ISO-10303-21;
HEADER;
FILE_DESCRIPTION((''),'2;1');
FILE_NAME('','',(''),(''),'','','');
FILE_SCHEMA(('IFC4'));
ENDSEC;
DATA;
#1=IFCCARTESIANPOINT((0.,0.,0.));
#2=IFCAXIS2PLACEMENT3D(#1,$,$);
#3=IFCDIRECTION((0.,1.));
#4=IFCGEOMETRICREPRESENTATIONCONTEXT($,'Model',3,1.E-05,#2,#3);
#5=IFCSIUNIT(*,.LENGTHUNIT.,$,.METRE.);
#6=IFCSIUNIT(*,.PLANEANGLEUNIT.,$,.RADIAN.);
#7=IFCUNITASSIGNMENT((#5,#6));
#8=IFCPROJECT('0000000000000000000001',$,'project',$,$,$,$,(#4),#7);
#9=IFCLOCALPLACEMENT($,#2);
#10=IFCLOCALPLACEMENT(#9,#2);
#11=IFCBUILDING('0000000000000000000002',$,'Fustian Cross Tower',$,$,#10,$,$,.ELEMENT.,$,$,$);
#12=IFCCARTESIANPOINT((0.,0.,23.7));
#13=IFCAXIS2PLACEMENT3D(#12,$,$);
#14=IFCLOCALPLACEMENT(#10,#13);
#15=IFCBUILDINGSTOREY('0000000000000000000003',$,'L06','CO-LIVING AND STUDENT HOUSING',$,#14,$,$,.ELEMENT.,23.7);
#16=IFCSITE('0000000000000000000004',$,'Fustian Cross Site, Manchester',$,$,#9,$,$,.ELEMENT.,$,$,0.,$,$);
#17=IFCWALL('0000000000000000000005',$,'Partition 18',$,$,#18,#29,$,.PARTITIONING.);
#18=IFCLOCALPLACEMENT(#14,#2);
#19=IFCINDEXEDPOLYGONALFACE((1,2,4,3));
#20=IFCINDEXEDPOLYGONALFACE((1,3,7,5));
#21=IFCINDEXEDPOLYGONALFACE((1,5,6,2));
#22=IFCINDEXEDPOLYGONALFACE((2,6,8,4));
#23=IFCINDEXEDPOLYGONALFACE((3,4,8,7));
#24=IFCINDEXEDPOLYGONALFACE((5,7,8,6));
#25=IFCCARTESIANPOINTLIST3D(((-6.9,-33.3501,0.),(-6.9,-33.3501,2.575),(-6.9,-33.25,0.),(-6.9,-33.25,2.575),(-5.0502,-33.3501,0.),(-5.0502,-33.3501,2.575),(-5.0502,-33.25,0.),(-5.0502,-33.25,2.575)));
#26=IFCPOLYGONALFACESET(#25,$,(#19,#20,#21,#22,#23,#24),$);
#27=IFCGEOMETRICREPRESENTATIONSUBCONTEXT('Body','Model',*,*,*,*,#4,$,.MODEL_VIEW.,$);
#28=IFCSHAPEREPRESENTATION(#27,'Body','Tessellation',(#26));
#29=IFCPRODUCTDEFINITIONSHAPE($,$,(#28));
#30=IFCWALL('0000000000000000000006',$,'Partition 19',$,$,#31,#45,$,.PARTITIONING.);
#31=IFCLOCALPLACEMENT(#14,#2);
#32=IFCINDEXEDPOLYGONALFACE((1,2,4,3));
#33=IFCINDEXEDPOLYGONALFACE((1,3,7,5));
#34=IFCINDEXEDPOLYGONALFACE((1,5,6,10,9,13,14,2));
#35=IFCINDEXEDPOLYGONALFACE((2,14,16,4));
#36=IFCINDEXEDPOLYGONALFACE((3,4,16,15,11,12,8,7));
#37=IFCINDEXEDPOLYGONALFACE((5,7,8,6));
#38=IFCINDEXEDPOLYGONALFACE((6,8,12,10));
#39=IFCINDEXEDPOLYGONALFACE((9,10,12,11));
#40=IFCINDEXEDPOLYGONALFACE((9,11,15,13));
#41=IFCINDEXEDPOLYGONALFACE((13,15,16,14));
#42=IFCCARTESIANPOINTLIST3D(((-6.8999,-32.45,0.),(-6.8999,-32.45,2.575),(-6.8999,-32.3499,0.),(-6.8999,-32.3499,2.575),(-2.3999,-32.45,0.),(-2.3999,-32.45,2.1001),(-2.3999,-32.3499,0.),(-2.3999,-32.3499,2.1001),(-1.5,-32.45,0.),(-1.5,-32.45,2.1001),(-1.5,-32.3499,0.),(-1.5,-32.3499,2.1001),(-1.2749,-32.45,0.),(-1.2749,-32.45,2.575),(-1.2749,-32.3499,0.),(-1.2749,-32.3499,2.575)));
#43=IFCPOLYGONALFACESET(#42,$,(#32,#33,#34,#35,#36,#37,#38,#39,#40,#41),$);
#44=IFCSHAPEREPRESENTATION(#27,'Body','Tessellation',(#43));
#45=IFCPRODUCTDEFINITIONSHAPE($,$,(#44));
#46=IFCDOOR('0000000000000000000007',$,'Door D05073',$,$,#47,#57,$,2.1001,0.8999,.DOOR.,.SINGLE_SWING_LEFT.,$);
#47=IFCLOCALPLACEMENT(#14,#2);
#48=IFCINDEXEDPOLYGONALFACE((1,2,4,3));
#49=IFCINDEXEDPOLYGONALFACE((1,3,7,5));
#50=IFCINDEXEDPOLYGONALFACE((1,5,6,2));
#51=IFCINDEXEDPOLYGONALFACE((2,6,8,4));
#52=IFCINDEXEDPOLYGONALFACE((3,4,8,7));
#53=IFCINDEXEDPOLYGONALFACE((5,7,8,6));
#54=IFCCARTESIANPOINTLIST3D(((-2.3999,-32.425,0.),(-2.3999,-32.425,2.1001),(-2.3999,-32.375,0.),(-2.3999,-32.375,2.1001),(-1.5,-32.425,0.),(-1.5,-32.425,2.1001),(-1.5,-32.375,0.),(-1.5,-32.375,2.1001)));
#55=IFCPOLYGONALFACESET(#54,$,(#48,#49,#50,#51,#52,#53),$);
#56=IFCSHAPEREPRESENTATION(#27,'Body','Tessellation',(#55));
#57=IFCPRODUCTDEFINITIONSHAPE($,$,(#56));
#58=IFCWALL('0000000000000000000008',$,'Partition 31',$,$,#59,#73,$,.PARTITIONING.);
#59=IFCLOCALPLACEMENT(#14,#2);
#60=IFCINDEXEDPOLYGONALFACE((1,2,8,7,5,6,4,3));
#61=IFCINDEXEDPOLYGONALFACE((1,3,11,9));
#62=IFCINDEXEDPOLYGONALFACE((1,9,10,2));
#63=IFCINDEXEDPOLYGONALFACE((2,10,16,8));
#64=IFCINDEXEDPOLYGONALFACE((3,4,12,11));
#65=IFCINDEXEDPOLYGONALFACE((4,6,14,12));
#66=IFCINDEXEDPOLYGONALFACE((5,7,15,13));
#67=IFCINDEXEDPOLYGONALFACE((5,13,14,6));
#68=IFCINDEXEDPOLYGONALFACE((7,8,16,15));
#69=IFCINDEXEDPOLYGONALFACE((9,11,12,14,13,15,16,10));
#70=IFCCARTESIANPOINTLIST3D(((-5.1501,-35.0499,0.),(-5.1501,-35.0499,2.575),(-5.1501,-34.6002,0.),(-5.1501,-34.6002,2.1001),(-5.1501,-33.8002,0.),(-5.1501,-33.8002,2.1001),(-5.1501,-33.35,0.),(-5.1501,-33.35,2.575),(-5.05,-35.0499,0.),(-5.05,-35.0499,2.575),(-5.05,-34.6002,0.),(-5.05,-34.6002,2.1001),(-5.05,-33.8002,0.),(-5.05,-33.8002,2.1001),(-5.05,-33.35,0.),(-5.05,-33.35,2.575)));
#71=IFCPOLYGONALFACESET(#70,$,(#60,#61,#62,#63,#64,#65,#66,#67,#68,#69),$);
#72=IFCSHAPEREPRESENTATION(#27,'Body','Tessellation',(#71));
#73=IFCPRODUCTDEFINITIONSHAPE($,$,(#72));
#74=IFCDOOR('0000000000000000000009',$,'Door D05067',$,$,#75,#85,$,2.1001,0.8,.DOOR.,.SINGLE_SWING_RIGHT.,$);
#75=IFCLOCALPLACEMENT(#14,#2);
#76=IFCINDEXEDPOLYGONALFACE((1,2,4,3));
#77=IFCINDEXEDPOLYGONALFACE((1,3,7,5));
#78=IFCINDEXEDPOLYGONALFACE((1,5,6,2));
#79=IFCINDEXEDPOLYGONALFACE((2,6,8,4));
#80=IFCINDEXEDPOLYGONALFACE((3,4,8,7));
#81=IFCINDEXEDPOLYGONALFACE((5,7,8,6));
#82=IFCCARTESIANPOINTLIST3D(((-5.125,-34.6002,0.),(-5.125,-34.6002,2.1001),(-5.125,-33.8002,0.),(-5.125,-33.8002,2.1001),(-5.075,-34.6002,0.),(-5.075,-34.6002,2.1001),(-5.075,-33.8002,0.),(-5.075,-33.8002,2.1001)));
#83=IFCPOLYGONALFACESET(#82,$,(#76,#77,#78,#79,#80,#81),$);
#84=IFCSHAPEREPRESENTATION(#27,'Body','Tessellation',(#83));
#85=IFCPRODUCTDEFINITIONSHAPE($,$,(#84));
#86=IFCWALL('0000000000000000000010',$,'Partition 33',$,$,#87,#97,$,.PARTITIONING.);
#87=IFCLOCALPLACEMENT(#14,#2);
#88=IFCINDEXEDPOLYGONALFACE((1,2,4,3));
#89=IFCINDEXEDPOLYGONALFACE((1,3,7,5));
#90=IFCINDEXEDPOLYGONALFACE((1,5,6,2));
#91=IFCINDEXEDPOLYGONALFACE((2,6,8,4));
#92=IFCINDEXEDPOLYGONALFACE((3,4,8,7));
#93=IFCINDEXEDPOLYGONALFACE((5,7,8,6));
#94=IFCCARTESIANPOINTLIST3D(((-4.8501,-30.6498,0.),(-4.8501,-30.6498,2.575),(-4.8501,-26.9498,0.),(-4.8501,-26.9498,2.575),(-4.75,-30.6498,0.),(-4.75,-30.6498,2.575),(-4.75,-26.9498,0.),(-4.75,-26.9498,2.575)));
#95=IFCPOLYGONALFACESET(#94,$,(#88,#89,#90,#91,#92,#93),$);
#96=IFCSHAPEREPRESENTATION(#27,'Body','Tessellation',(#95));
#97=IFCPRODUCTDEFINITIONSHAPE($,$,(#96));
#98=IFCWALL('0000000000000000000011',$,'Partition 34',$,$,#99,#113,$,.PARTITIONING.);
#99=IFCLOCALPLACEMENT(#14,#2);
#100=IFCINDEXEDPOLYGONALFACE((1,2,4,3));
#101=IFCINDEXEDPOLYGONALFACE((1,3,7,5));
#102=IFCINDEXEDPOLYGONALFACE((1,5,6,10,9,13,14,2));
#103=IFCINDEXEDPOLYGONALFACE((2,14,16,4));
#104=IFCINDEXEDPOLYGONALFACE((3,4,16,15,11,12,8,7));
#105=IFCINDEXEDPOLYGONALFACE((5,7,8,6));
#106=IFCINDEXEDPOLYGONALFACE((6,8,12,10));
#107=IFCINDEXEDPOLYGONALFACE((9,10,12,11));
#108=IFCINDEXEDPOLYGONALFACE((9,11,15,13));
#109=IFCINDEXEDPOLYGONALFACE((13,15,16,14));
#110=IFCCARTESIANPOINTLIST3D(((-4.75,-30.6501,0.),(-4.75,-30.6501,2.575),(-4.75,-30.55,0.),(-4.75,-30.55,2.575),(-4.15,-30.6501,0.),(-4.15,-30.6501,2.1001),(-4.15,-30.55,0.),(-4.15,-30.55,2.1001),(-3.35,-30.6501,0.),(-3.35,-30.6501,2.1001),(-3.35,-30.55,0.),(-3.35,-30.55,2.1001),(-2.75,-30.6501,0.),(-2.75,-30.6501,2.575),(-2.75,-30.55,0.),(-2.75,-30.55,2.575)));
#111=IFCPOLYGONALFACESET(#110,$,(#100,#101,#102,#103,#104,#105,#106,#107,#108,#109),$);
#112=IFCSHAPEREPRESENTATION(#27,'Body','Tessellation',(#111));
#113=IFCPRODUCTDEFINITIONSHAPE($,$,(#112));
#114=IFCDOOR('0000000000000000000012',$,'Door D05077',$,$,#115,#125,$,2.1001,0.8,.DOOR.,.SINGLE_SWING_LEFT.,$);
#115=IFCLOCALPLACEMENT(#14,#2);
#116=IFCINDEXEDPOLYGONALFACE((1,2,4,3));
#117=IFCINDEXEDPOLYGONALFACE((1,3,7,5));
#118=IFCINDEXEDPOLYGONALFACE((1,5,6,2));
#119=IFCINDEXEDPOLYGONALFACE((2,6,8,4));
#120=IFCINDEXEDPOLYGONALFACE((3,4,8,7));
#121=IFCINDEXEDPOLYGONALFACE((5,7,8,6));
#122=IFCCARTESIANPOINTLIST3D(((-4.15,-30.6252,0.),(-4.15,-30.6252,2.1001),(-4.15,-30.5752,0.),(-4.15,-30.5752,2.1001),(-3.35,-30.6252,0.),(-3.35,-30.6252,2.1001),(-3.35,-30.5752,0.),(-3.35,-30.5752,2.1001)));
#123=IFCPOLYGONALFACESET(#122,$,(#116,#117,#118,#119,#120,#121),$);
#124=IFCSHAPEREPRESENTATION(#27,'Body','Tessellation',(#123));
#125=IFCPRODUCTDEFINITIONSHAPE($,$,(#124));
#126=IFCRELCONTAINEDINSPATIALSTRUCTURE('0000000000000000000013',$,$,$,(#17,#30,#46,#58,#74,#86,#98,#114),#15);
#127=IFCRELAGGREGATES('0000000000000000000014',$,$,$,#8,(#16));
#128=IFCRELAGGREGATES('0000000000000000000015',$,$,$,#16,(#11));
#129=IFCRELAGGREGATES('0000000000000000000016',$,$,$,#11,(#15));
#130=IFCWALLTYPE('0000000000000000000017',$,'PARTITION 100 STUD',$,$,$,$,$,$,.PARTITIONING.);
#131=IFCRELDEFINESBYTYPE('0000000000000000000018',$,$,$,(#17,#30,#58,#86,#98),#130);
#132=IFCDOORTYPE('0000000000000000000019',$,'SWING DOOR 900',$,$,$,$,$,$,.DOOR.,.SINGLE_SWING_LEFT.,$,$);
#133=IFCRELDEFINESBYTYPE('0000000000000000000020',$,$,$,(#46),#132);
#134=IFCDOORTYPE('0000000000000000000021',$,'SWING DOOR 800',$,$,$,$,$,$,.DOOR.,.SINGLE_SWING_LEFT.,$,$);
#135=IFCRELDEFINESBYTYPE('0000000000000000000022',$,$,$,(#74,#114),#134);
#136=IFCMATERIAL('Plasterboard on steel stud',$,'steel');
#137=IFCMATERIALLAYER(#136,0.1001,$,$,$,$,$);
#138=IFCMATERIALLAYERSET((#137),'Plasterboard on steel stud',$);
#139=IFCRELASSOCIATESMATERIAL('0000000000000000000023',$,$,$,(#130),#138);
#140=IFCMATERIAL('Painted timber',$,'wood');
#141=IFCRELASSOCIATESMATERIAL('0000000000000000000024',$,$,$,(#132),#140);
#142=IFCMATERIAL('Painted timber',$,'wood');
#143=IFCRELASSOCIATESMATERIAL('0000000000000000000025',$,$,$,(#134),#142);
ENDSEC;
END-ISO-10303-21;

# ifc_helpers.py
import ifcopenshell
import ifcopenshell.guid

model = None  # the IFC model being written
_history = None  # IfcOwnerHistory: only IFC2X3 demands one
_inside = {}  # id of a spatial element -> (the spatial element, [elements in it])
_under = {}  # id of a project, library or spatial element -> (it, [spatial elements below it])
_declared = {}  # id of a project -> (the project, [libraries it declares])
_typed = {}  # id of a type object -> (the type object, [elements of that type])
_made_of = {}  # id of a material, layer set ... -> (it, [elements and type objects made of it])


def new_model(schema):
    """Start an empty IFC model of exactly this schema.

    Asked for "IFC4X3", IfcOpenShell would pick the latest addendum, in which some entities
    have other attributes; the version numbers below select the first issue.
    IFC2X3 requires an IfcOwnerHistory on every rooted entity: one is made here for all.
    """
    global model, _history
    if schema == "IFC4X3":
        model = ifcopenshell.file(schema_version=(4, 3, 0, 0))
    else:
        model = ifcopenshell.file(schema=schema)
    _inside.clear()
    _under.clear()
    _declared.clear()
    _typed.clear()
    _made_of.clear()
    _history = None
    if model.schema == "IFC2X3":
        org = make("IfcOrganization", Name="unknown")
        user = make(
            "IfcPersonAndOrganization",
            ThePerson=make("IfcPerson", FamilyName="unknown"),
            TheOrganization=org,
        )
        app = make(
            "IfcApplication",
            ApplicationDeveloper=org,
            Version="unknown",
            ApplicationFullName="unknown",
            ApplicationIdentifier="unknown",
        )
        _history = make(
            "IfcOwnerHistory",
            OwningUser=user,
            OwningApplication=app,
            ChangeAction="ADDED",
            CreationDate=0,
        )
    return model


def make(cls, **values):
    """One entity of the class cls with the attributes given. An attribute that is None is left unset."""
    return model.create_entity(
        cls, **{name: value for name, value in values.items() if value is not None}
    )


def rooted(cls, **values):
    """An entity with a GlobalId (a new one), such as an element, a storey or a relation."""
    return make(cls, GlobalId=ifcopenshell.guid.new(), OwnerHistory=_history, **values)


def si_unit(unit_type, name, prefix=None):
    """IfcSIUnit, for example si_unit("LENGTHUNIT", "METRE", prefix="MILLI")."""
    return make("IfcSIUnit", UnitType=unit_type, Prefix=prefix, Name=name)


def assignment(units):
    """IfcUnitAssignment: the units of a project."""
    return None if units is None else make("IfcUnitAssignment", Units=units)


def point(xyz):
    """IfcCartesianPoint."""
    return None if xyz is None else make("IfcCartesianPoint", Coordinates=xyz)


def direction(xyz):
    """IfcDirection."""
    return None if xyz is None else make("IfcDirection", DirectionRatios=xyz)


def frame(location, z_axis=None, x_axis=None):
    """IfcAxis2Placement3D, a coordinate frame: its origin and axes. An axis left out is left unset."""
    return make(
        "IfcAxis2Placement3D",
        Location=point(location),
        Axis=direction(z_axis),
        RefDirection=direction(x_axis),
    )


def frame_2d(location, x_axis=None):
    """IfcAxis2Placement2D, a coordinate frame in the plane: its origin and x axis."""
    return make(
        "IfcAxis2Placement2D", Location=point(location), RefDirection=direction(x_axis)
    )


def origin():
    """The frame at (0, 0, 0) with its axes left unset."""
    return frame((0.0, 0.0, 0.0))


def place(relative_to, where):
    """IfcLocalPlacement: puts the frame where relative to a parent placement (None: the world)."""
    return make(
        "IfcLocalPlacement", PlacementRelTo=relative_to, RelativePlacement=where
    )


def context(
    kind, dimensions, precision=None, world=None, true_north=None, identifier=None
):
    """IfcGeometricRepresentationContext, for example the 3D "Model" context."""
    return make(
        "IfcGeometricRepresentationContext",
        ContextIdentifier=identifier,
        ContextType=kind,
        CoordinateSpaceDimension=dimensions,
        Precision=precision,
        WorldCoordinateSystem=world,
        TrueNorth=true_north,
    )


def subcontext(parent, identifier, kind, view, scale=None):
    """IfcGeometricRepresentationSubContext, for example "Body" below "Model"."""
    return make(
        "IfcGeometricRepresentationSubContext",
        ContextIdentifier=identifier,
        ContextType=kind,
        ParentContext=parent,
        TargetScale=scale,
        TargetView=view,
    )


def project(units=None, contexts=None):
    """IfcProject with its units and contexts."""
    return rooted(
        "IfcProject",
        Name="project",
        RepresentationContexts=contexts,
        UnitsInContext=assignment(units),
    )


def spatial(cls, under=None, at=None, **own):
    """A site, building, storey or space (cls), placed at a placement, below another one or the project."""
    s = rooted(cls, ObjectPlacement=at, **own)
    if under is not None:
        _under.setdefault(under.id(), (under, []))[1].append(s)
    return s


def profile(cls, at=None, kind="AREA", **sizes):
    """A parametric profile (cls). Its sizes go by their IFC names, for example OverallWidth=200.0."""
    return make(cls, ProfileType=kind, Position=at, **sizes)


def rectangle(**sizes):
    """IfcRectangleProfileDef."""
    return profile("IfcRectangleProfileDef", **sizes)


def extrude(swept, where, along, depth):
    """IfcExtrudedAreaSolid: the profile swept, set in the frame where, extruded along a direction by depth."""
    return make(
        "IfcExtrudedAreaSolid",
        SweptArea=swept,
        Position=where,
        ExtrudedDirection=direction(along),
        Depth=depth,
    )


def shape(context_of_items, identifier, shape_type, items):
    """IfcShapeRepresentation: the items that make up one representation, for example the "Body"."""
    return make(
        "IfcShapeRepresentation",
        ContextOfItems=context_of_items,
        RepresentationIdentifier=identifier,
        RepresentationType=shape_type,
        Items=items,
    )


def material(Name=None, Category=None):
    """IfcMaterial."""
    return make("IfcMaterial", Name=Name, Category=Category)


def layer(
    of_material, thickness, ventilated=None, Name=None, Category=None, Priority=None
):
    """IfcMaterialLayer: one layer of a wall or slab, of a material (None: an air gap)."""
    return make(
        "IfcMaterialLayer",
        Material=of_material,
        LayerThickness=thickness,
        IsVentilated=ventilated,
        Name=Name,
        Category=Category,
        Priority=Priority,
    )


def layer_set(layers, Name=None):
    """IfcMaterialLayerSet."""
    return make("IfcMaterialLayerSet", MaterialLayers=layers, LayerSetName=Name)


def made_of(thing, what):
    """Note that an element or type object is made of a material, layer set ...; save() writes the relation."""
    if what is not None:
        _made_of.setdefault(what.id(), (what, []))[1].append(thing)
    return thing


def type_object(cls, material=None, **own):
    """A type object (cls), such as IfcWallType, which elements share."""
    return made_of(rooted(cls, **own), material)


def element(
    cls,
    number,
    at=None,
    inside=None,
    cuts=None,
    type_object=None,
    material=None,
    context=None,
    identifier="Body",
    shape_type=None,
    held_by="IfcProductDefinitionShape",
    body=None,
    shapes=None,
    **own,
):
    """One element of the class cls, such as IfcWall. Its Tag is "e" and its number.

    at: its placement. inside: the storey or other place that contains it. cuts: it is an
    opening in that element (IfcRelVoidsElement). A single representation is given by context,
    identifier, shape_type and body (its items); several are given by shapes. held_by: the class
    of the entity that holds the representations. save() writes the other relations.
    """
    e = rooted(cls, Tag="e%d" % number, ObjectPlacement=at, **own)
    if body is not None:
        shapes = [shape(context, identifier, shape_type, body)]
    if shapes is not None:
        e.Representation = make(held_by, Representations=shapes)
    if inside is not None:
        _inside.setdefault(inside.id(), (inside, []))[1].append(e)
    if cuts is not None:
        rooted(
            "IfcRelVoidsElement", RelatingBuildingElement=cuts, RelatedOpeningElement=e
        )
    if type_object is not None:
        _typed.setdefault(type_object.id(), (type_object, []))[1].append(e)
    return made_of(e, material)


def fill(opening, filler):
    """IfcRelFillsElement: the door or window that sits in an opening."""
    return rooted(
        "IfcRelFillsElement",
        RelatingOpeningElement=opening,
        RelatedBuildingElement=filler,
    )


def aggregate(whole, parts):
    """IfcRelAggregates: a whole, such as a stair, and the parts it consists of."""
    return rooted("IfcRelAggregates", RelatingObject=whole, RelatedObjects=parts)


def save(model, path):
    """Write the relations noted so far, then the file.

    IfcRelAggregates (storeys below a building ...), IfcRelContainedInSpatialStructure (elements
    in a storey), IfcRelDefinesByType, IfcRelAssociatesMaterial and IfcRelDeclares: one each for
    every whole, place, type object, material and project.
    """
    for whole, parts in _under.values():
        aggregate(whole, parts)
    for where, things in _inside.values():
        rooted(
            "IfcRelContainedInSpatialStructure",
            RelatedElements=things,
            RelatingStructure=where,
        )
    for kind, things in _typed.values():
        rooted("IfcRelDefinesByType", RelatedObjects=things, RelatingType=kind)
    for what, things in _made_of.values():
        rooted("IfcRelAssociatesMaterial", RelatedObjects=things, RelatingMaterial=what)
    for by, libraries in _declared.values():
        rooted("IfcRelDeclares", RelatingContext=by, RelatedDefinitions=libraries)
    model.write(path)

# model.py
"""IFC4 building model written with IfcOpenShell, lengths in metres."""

from ifc_helpers import new_model, si_unit, direction, frame, frame_2d, origin, place, context, subcontext, project, spatial, rectangle, extrude, material, layer, layer_set, type_object, element, fill, save


model = new_model("IFC4")

# Units and contexts
model_context = context("Model", 3, precision=1e-05, world=origin(), true_north=direction((0.0, 1.0)))
body_context = subcontext(model_context, "Body", "Model", "MODEL_VIEW")
ifc_project = project(units=[si_unit("LENGTHUNIT", "METRE"), si_unit("PLANEANGLEUNIT", "RADIAN")], contexts=[model_context])

# Site, building, storey
site_placement = place(None, origin())
site = spatial("IfcSite", under=ifc_project, at=site_placement, Name="Fustian Cross Site, Manchester", CompositionType="ELEMENT", RefElevation=0.0)
building_placement = place(site_placement, origin())
building = spatial("IfcBuilding", under=site, at=building_placement, Name="Fustian Cross Tower", CompositionType="ELEMENT")
storey_placement = place(building_placement, frame((0.0, 0.0, 23.7)))
storey = spatial("IfcBuildingStorey", under=building, at=storey_placement, Name="L06", Description="CO-LIVING AND STUDENT HOUSING", CompositionType="ELEMENT", Elevation=23.7)

# Wall
ifc_material_1 = material(Name="Plasterboard on steel stud", Category="steel")
ifc_layer_1 = layer(ifc_material_1, 0.1001)
ifc_layer_set_1 = layer_set([ifc_layer_1], Name="Plasterboard on steel stud")
wall_type_1 = type_object("IfcWallType", Name="PARTITION 100 STUD", PredefinedType="PARTITIONING", material=ifc_layer_set_1)
wall_1_placement = place(storey_placement, frame((-6.8999, -33.3, 0.0), z_axis=(0.0, 0.0, 1.0), x_axis=(1.0, 0.0, 0.0)))
element("IfcWall", 1, at=wall_1_placement, inside=storey, type_object=wall_type_1, Name="Partition 18", PredefinedType="PARTITIONING", context=body_context, shape_type="SweptSolid", body=[
    extrude(rectangle(XDim=1.8499, YDim=0.1001, at=frame_2d((0.9248, 0.0))), origin(), (0.0, 0.0, 1.0), 2.575),
])

# Walls, openings, doors
wall_2_placement = place(storey_placement, frame((-6.8999, -32.3999, 0.0), z_axis=(0.0, 0.0, 1.0), x_axis=(1.0, 0.0, 0.0)))
wall_2 = element("IfcWall", 2, at=wall_2_placement, inside=storey, type_object=wall_type_1, Name="Partition 19", PredefinedType="PARTITIONING", context=body_context, shape_type="SweptSolid", body=[
    extrude(rectangle(XDim=5.625, YDim=0.1001, at=frame_2d((2.8125, 0.0))), origin(), (0.0, 0.0, 1.0), 2.575),
])
opening_1_placement = place(wall_2_placement, frame((4.5, 0.0, 0.0)))
opening_1 = element("IfcOpeningElement", 3, at=opening_1_placement, cuts=wall_2, PredefinedType="OPENING", context=body_context, shape_type="SweptSolid", body=[
    extrude(rectangle(XDim=0.8999, YDim=2.1001, at=frame_2d((0.45, 1.05))), frame((0.0, 0.0601, 0.0), z_axis=(0.0, -1.0, 0.0), x_axis=(1.0, 0.0, 0.0)), (0.0, 0.0, 1.0), 0.1201),
])
ifc_material_2 = material(Name="Painted timber", Category="wood")
door_type_1 = type_object("IfcDoorType", Name="SWING DOOR 900", OperationType="SINGLE_SWING_LEFT", PredefinedType="DOOR", material=ifc_material_2)
door_1_placement = place(opening_1_placement, origin())
door_1 = element("IfcDoor", 4, at=door_1_placement, inside=storey, type_object=door_type_1, Name="Door D05073", OperationType="SINGLE_SWING_LEFT", OverallHeight=2.1001, OverallWidth=0.8999, PredefinedType="DOOR", context=body_context, shape_type="SweptSolid", body=[
    extrude(rectangle(XDim=0.8999, YDim=2.1001, at=frame_2d((0.45, 1.05))), frame((0.0, 0.0249, 0.0), z_axis=(0.0, -1.0, 0.0), x_axis=(1.0, 0.0, 0.0)), (0.0, 0.0, 1.0), 0.05),
])
fill(opening_1, door_1)
wall_3_placement = place(storey_placement, frame((-5.1001, -35.05, 0.0), z_axis=(0.0, 0.0, 1.0), x_axis=(0.0, 1.0, 0.0)))
wall_3 = element("IfcWall", 5, at=wall_3_placement, inside=storey, type_object=wall_type_1, Name="Partition 31", PredefinedType="PARTITIONING", context=body_context, shape_type="SweptSolid", body=[
    extrude(rectangle(XDim=1.7, YDim=0.1001, at=frame_2d((0.8501, 0.0))), origin(), (0.0, 0.0, 1.0), 2.575),
])
opening_2_placement = place(wall_3_placement, frame((0.45, 0.0, 0.0)))
opening_2 = element("IfcOpeningElement", 6, at=opening_2_placement, cuts=wall_3, PredefinedType="OPENING", context=body_context, shape_type="SweptSolid", body=[
    extrude(rectangle(XDim=0.8, YDim=2.1001, at=frame_2d((0.3999, 1.05))), frame((0.0, 0.0601, 0.0), z_axis=(0.0, -1.0, 0.0), x_axis=(1.0, 0.0, 0.0)), (0.0, 0.0, 1.0), 0.1201),
])
ifc_material_3 = material(Name="Painted timber", Category="wood")
door_type_2 = type_object("IfcDoorType", Name="SWING DOOR 800", OperationType="SINGLE_SWING_LEFT", PredefinedType="DOOR", material=ifc_material_3)
door_2_placement = place(opening_2_placement, origin())
door_2 = element("IfcDoor", 7, at=door_2_placement, inside=storey, type_object=door_type_2, Name="Door D05067", OperationType="SINGLE_SWING_RIGHT", OverallHeight=2.1001, OverallWidth=0.8, PredefinedType="DOOR", context=body_context, shape_type="SweptSolid", body=[
    extrude(rectangle(XDim=0.8, YDim=2.1001, at=frame_2d((0.3999, 1.05))), frame((0.0, 0.0249, 0.0), z_axis=(0.0, -1.0, 0.0), x_axis=(1.0, 0.0, 0.0)), (0.0, 0.0, 1.0), 0.05),
])
fill(opening_2, door_2)

# Wall
wall_4_placement = place(storey_placement, frame((-4.8, -30.6499, 0.0), z_axis=(0.0, 0.0, 1.0), x_axis=(0.0, 1.0, 0.0)))
element("IfcWall", 8, at=wall_4_placement, inside=storey, type_object=wall_type_1, Name="Partition 33", PredefinedType="PARTITIONING", context=body_context, shape_type="SweptSolid", body=[
    extrude(rectangle(XDim=3.7, YDim=0.1001, at=frame_2d((1.8501, 0.0))), origin(), (0.0, 0.0, 1.0), 2.575),
])

# Wall, opening, door
wall_5_placement = place(storey_placement, frame((-4.75, -30.6001, 0.0), z_axis=(0.0, 0.0, 1.0), x_axis=(1.0, 0.0, 0.0)))
wall_5 = element("IfcWall", 9, at=wall_5_placement, inside=storey, type_object=wall_type_1, Name="Partition 34", PredefinedType="PARTITIONING", context=body_context, shape_type="SweptSolid", body=[
    extrude(rectangle(XDim=2.0, YDim=0.1001, at=frame_2d((1.0, 0.0))), origin(), (0.0, 0.0, 1.0), 2.575),
])
opening_3_placement = place(wall_5_placement, frame((0.6001, 0.0, 0.0)))
opening_3 = element("IfcOpeningElement", 10, at=opening_3_placement, cuts=wall_5, PredefinedType="OPENING", context=body_context, shape_type="SweptSolid", body=[
    extrude(rectangle(XDim=0.8, YDim=2.1001, at=frame_2d((0.3999, 1.05))), frame((0.0, 0.0601, 0.0), z_axis=(0.0, -1.0, 0.0), x_axis=(1.0, 0.0, 0.0)), (0.0, 0.0, 1.0), 0.1201),
])
door_3_placement = place(opening_3_placement, origin())
door_3 = element("IfcDoor", 11, at=door_3_placement, inside=storey, type_object=door_type_2, Name="Door D05077", OperationType="SINGLE_SWING_LEFT", OverallHeight=2.1001, OverallWidth=0.8, PredefinedType="DOOR", context=body_context, shape_type="SweptSolid", body=[
    extrude(rectangle(XDim=0.8, YDim=2.1001, at=frame_2d((0.3999, 1.05))), frame((0.0, 0.0249, 0.0), z_axis=(0.0, -1.0, 0.0), x_axis=(1.0, 0.0, 0.0)), (0.0, 0.0, 1.0), 0.05),
])
fill(opening_3, door_3)

save(model, "model.ifc")
